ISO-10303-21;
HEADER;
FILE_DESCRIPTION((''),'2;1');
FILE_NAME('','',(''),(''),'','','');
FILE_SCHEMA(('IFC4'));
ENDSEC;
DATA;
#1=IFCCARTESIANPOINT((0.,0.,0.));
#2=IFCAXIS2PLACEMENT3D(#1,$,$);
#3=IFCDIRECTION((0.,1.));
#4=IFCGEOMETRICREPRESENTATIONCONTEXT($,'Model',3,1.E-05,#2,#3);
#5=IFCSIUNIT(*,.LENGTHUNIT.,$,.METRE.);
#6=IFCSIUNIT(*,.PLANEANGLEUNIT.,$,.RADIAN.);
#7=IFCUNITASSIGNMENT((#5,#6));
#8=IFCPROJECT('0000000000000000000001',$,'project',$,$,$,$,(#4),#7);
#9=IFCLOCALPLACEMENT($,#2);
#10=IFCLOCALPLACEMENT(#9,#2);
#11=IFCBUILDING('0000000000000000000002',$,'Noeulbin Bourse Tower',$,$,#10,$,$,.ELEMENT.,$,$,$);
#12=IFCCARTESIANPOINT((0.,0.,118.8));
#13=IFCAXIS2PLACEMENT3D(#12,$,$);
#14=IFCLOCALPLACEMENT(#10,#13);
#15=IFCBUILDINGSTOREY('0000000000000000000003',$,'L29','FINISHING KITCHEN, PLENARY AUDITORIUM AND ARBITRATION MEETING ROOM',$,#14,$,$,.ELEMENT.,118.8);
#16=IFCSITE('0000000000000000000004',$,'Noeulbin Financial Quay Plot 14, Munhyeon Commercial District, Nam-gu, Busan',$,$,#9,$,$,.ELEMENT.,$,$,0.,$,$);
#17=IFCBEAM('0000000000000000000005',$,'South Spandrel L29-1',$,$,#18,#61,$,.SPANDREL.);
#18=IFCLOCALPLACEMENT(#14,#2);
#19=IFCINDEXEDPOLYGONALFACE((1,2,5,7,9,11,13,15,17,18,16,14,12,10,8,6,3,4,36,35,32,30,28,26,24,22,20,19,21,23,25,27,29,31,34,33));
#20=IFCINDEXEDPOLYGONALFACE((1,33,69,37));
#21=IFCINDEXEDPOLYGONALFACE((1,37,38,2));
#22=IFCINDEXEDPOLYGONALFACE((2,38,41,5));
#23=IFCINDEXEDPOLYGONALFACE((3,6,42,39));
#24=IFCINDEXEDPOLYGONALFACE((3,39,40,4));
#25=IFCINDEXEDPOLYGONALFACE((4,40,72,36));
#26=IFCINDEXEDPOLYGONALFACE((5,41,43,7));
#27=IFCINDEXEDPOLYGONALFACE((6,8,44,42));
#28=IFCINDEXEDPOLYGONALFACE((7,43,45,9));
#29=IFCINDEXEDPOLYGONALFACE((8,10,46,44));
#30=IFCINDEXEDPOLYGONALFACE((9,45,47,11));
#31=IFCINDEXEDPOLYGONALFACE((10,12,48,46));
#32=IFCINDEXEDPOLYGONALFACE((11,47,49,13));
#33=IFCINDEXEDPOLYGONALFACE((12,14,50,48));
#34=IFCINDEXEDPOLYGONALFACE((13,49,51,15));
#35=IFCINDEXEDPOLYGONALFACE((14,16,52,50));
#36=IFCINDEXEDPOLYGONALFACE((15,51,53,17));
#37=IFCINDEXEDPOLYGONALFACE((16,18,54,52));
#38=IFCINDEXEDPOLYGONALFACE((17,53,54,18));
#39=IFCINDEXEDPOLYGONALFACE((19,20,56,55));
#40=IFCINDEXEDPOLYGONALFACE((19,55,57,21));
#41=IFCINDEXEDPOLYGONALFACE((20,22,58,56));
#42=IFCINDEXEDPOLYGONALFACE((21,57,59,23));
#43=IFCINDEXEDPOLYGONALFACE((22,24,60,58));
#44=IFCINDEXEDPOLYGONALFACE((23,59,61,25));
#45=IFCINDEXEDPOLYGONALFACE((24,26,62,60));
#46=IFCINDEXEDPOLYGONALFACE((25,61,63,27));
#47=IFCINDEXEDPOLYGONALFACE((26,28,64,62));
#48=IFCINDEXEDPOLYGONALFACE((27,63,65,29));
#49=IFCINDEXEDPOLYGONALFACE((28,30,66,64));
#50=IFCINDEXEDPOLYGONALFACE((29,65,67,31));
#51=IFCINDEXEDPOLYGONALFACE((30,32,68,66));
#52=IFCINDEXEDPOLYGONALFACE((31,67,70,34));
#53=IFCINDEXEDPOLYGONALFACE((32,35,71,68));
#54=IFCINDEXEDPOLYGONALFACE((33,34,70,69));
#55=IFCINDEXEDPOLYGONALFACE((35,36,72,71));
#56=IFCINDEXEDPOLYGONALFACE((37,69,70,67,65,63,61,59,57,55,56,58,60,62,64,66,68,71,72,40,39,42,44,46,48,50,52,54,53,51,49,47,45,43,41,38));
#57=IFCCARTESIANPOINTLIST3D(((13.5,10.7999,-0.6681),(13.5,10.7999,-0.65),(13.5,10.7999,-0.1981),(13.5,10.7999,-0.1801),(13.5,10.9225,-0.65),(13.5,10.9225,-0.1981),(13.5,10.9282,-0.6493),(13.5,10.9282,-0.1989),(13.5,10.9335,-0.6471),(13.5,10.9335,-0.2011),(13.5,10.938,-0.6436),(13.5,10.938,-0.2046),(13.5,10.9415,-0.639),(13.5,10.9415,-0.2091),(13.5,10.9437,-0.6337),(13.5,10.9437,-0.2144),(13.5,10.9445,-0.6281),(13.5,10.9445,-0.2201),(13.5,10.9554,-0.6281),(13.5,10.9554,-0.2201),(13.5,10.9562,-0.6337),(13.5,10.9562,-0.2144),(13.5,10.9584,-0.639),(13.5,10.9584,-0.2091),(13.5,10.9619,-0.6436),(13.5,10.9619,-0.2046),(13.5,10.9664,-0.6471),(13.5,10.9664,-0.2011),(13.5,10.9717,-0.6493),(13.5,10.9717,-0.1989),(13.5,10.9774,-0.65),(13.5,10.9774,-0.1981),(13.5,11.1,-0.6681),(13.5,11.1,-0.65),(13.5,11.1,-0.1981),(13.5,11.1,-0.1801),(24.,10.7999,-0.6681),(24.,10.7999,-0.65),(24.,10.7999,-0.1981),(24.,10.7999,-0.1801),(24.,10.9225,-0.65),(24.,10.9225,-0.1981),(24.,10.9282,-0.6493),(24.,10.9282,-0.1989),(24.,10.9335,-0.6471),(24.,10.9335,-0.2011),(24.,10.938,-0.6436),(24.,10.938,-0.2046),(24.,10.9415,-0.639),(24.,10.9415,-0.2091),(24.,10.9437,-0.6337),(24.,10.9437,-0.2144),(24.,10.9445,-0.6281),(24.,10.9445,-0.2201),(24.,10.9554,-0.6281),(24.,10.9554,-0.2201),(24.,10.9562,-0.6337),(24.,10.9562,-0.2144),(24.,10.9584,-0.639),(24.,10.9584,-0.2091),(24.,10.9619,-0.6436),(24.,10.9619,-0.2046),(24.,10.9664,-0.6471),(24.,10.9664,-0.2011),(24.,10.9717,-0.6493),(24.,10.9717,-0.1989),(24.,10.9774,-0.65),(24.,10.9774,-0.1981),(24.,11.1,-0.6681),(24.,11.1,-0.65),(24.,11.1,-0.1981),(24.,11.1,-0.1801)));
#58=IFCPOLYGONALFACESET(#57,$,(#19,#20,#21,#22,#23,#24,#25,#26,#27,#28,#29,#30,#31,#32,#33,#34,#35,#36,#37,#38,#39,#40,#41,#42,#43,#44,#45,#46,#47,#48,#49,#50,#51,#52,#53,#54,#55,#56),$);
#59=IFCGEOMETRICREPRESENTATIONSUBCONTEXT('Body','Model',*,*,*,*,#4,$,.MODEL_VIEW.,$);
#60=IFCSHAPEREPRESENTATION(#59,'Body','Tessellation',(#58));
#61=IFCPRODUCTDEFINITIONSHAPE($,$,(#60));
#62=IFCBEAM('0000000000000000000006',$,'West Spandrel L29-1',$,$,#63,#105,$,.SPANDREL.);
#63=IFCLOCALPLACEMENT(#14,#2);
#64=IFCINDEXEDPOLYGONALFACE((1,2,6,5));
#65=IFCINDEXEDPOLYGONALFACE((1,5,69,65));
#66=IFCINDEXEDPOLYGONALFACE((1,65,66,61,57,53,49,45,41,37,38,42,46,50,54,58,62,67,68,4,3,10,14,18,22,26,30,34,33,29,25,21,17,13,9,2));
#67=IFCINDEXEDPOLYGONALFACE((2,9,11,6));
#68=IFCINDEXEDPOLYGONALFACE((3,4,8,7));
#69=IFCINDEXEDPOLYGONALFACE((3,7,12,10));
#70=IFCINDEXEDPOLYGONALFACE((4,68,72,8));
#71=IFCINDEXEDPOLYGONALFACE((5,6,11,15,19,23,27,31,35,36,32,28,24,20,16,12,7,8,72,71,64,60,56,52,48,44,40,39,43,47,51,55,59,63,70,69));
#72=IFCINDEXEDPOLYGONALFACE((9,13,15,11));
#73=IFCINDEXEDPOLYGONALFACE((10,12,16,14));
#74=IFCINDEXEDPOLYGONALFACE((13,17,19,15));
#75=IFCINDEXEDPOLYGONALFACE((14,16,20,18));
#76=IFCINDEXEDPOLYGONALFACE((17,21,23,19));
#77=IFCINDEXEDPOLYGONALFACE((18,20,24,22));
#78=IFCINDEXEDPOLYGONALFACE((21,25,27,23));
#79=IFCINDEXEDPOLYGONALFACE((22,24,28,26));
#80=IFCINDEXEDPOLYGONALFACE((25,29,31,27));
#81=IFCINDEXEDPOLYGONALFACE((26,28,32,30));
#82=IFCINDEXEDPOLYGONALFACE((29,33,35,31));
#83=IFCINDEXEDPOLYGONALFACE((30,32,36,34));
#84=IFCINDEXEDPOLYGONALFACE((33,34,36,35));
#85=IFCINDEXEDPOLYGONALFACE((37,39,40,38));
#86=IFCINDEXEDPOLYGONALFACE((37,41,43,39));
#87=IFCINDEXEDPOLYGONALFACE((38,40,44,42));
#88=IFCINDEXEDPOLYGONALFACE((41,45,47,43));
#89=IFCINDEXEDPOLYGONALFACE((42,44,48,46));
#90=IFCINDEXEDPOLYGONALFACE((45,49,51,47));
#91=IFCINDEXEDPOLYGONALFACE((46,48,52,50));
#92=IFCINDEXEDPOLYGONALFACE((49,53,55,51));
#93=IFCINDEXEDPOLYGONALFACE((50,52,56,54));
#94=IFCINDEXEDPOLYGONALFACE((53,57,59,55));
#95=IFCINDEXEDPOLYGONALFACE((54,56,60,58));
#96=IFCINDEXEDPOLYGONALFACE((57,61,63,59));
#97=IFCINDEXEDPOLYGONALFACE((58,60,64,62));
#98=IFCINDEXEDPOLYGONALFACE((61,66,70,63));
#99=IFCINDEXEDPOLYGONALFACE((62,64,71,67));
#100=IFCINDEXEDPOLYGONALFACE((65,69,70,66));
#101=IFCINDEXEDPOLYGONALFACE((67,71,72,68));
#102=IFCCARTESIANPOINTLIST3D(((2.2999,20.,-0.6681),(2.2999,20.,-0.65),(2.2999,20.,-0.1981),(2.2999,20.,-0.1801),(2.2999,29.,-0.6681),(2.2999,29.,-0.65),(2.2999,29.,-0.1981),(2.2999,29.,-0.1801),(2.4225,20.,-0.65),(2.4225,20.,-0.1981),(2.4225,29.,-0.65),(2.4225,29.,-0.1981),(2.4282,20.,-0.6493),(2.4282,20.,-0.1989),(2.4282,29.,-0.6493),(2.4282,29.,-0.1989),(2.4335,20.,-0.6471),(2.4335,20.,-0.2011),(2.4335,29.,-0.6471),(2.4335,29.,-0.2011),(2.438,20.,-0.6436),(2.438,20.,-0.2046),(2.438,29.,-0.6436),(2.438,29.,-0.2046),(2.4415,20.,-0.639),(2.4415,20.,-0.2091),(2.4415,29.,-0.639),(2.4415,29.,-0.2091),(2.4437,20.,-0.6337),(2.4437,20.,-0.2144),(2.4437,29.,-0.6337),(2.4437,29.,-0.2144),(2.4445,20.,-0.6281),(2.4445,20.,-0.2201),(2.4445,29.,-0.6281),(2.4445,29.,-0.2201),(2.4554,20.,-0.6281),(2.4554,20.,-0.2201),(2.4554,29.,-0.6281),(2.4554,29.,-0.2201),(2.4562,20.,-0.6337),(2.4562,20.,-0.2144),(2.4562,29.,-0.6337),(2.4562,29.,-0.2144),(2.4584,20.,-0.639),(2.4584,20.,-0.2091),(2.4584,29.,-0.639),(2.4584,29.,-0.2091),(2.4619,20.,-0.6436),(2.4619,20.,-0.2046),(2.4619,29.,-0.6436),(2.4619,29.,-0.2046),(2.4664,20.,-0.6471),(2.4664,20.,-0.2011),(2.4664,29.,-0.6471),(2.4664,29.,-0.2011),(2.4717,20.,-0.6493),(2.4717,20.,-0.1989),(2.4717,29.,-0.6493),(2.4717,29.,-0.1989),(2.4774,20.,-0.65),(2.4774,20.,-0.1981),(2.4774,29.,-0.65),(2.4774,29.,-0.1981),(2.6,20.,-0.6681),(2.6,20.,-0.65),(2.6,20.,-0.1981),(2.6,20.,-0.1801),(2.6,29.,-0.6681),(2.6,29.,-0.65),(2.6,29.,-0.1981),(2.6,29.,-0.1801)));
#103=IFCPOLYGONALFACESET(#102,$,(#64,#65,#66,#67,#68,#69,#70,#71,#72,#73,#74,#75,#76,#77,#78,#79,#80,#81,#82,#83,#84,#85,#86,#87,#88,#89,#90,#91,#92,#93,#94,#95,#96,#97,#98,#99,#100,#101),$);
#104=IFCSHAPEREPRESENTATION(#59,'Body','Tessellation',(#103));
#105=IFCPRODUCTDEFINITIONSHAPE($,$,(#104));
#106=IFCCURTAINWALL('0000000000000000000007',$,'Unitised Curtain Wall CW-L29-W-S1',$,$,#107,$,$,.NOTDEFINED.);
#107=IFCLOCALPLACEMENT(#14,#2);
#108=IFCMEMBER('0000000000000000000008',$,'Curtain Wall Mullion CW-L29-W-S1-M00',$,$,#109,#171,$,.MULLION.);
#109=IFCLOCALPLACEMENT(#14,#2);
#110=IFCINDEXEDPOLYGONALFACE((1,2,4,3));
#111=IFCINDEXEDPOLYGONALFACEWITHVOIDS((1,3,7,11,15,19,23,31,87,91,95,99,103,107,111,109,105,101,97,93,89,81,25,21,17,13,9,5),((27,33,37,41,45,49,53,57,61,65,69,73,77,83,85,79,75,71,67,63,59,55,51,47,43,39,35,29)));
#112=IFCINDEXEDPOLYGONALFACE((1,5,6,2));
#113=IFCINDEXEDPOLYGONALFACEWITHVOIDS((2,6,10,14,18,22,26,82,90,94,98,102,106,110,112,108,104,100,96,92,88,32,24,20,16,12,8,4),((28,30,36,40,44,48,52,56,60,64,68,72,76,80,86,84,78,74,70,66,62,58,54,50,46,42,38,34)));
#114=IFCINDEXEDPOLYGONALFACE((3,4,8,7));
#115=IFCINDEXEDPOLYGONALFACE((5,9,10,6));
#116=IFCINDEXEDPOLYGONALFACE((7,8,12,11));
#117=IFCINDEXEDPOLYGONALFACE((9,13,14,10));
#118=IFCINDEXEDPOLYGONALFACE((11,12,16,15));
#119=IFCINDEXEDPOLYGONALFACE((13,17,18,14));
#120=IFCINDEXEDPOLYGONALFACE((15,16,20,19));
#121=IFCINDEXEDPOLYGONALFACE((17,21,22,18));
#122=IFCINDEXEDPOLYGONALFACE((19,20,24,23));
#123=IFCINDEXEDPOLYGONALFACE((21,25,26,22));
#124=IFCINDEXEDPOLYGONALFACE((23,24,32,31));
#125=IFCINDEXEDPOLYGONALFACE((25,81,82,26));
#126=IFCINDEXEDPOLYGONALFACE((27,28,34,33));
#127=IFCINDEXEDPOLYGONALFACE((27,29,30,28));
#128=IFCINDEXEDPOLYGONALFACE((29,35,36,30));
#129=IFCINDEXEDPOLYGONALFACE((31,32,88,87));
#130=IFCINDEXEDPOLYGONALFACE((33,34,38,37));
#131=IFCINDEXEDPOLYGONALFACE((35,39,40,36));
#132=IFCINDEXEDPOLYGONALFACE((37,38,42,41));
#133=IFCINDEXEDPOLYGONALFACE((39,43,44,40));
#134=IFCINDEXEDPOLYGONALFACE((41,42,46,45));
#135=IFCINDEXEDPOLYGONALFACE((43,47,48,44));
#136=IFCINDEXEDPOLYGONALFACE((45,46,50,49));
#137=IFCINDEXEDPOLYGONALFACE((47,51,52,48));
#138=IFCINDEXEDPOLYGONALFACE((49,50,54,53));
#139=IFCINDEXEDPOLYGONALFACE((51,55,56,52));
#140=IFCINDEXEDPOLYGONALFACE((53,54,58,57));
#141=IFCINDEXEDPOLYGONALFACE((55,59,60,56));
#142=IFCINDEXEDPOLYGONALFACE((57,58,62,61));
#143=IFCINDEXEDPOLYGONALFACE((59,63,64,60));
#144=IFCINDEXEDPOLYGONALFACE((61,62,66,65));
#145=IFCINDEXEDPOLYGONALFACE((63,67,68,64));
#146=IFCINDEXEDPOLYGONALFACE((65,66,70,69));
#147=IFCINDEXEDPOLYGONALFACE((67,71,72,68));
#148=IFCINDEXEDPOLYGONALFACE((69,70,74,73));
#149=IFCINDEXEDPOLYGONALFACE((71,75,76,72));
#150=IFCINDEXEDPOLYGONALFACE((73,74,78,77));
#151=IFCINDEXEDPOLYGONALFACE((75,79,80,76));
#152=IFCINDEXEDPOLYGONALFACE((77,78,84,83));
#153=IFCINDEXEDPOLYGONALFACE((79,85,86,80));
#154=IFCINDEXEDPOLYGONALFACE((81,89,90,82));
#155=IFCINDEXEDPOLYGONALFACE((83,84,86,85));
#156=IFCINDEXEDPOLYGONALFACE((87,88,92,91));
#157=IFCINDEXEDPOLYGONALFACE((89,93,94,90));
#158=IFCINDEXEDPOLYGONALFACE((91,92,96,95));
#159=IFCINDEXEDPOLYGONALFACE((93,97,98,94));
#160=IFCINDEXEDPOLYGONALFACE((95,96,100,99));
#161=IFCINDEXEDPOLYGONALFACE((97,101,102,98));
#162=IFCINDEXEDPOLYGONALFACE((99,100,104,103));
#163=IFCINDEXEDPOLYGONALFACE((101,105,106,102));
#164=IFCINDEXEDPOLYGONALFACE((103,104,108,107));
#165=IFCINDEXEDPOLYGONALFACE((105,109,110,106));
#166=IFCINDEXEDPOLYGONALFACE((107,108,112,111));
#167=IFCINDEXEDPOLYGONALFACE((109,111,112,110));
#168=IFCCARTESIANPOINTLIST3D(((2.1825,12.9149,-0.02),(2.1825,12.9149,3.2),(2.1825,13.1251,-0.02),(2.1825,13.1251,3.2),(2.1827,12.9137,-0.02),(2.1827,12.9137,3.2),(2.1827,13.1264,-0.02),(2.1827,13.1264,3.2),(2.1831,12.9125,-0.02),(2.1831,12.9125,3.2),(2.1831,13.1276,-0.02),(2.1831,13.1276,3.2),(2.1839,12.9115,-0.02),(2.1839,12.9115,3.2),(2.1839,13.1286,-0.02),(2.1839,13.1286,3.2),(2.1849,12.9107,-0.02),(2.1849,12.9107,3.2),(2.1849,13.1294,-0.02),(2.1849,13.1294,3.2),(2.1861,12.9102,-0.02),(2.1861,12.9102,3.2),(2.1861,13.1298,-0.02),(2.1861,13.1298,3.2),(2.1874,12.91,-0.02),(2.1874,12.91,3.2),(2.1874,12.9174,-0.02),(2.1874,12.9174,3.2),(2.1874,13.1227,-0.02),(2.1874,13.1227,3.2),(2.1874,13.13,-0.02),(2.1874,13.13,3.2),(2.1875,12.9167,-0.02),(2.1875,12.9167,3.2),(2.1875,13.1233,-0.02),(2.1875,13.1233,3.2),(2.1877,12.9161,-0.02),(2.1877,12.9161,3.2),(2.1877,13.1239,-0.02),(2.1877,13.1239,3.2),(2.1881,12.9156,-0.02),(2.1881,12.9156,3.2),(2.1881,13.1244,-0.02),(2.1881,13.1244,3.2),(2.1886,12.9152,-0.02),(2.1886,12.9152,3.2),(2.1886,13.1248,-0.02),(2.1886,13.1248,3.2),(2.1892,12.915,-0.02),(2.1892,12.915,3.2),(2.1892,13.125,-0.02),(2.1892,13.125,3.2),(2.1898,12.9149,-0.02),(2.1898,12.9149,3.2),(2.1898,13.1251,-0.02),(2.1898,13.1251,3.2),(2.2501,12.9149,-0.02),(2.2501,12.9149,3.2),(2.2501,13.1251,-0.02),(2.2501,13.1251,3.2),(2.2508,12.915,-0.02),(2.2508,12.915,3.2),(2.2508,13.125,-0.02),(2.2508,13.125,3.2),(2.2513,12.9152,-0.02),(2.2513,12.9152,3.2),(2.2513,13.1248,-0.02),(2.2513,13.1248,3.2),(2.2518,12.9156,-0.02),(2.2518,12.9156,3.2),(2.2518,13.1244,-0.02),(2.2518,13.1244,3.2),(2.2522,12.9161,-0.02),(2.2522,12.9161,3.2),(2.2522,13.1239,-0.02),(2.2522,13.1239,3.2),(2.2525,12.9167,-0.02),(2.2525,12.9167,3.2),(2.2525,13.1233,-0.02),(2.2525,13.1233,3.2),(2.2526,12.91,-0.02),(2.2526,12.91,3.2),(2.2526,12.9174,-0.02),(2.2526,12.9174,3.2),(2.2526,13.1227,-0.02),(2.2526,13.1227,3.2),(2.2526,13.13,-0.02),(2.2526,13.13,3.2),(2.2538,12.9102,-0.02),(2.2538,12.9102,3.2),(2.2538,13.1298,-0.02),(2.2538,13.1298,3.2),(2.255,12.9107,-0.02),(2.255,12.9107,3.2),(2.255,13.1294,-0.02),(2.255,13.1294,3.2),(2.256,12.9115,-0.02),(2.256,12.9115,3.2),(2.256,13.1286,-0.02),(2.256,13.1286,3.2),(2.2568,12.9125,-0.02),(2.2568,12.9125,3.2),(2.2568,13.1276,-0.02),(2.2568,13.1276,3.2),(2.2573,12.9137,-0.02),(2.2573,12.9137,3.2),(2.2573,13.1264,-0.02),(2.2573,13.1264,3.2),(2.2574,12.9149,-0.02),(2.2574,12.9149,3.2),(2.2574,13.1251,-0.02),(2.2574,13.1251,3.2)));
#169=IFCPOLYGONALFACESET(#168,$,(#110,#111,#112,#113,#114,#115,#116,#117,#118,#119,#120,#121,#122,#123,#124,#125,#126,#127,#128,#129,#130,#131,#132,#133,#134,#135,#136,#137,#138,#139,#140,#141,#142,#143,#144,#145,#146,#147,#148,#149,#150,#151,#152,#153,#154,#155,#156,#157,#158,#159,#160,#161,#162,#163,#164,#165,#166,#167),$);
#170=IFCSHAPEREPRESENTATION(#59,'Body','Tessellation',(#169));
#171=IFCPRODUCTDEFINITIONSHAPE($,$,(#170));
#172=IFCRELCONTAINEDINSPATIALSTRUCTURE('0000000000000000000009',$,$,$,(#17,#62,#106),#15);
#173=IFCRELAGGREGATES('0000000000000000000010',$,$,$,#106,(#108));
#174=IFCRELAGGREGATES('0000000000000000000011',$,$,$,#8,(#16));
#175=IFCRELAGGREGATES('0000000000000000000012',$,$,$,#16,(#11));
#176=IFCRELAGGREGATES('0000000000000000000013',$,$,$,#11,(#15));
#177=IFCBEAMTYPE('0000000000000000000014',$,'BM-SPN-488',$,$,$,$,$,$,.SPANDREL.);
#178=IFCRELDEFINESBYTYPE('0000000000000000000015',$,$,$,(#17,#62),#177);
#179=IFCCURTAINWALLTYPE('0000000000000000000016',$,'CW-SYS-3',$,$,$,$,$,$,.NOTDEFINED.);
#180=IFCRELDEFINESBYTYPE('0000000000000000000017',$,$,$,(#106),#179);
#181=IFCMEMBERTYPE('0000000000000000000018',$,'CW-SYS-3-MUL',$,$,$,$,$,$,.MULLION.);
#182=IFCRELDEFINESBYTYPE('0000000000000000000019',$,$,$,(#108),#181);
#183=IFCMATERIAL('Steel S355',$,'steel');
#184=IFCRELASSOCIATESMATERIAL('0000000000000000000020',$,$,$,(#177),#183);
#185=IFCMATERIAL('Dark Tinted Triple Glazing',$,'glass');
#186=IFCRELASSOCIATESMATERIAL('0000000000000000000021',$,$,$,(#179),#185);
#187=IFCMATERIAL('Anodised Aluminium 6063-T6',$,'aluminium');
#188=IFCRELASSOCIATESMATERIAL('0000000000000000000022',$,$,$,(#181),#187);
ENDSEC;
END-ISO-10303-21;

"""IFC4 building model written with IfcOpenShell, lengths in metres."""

from ifc_helpers import new_model, si_unit, direction, frame, origin, origin_2d, place, context, subcontext, project, spatial, hollow_rectangle, i_section, extrude, material, material_profile, profile_set, type_object, element, aggregate, save


model = new_model("IFC4")

# Units and contexts
model_context = context("Model", 3, precision=1e-05, world=origin(), true_north=direction((0.0, 1.0)))
body_context = subcontext(model_context, "Body", "Model", "MODEL_VIEW")
ifc_project = project(units=[si_unit("LENGTHUNIT", "METRE"), si_unit("PLANEANGLEUNIT", "RADIAN")], contexts=[model_context])

# Site, building, storey
site_placement = place(None, origin())
site = spatial("IfcSite", under=ifc_project, at=site_placement, Name="Noeulbin Financial Quay Plot 14, Munhyeon Commercial District, Nam-gu, Busan", CompositionType="ELEMENT", RefElevation=0.0)
building_placement = place(site_placement, origin())
building = spatial("IfcBuilding", under=site, at=building_placement, Name="Noeulbin Bourse Tower", CompositionType="ELEMENT")
storey_placement = place(building_placement, frame((0.0, 0.0, 118.8)))
storey = spatial("IfcBuildingStorey", under=building, at=storey_placement, Name="L29", Description="FINISHING KITCHEN, PLENARY AUDITORIUM AND ARBITRATION MEETING ROOM", CompositionType="ELEMENT", Elevation=118.8)

# Shared definitions
ifc_material_1 = material(Name="Steel S355", Category="steel")

# Beams
ifc_material_profile_1 = material_profile(ifc_material_1, i_section(OverallWidth=0.3, OverallDepth=0.488, WebThickness=0.011, FlangeThickness=0.0181, FilletRadius=0.022, at=origin_2d()), Name="H-488x300x11x18", Category="LoadBearing")
ifc_profile_set_1 = profile_set([ifc_material_profile_1], Name="Steel S355")
beam_type_1 = type_object("IfcBeamType", Name="BM-SPN-488", PredefinedType="SPANDREL", material=ifc_profile_set_1)
beam_1_placement = place(storey_placement, frame((13.5, 10.95, -0.4241), z_axis=(1.0, 0.0, 0.0), x_axis=(0.0, 1.0, 0.0)))
element("IfcBeam", 1, at=beam_1_placement, inside=storey, type_object=beam_type_1, Name="South Spandrel L29-1", PredefinedType="SPANDREL", context=body_context, shape_type="SweptSolid", body=[
    extrude(i_section(OverallWidth=0.3, OverallDepth=0.488, WebThickness=0.011, FlangeThickness=0.0181, FilletRadius=0.022, at=origin_2d()), origin(), (0.0, 0.0, 1.0), 10.5),
])
beam_2_placement = place(storey_placement, frame((2.45, 20.0, -0.4241), z_axis=(0.0, 1.0, 0.0), x_axis=(-1.0, 0.0, 0.0)))
element("IfcBeam", 2, at=beam_2_placement, inside=storey, type_object=beam_type_1, Name="West Spandrel L29-1", PredefinedType="SPANDREL", context=body_context, shape_type="SweptSolid", body=[
    extrude(i_section(OverallWidth=0.3, OverallDepth=0.488, WebThickness=0.011, FlangeThickness=0.0181, FilletRadius=0.022, at=origin_2d()), origin(), (0.0, 0.0, 1.0), 9.0),
])

# Curtain wall, member
ifc_material_2 = material(Name="Dark Tinted Triple Glazing", Category="glass")
curtain_wall_type = type_object("IfcCurtainWallType", Name="CW-SYS-3", PredefinedType="NOTDEFINED", material=ifc_material_2)
curtain_wall_placement = place(storey_placement, origin())
curtain_wall = element("IfcCurtainWall", 3, at=curtain_wall_placement, inside=storey, type_object=curtain_wall_type, Name="Unitised Curtain Wall CW-L29-W-S1", PredefinedType="NOTDEFINED")
ifc_material_3 = material(Name="Anodised Aluminium 6063-T6", Category="aluminium")
ifc_material_profile_2 = material_profile(ifc_material_3, hollow_rectangle(XDim=0.075, YDim=0.22, WallThickness=0.0049, InnerFilletRadius=0.0024, OuterFilletRadius=0.0049, at=origin_2d()), Name="ALU-MULL-75x220x5", Category="LoadBearing")
ifc_profile_set_2 = profile_set([ifc_material_profile_2], Name="Anodised Aluminium 6063-T6")
member_type_1 = type_object("IfcMemberType", Name="CW-SYS-3-MUL", PredefinedType="MULLION", material=ifc_profile_set_2)
member_1_placement = place(storey_placement, frame((2.22, 13.02, -0.02), z_axis=(0.0, 0.0, 1.0), x_axis=(1.0, 0.0, 0.0)))
member_1 = element("IfcMember", 4, at=member_1_placement, type_object=member_type_1, Name="Curtain Wall Mullion CW-L29-W-S1-M00", PredefinedType="MULLION", context=body_context, shape_type="SweptSolid", body=[
    extrude(hollow_rectangle(XDim=0.075, YDim=0.22, WallThickness=0.0049, InnerFilletRadius=0.0024, OuterFilletRadius=0.0049, at=origin_2d()), origin(), (0.0, 0.0, 1.0), 3.22),
])
aggregate(curtain_wall, [member_1])

save(model, "model.ifc")
